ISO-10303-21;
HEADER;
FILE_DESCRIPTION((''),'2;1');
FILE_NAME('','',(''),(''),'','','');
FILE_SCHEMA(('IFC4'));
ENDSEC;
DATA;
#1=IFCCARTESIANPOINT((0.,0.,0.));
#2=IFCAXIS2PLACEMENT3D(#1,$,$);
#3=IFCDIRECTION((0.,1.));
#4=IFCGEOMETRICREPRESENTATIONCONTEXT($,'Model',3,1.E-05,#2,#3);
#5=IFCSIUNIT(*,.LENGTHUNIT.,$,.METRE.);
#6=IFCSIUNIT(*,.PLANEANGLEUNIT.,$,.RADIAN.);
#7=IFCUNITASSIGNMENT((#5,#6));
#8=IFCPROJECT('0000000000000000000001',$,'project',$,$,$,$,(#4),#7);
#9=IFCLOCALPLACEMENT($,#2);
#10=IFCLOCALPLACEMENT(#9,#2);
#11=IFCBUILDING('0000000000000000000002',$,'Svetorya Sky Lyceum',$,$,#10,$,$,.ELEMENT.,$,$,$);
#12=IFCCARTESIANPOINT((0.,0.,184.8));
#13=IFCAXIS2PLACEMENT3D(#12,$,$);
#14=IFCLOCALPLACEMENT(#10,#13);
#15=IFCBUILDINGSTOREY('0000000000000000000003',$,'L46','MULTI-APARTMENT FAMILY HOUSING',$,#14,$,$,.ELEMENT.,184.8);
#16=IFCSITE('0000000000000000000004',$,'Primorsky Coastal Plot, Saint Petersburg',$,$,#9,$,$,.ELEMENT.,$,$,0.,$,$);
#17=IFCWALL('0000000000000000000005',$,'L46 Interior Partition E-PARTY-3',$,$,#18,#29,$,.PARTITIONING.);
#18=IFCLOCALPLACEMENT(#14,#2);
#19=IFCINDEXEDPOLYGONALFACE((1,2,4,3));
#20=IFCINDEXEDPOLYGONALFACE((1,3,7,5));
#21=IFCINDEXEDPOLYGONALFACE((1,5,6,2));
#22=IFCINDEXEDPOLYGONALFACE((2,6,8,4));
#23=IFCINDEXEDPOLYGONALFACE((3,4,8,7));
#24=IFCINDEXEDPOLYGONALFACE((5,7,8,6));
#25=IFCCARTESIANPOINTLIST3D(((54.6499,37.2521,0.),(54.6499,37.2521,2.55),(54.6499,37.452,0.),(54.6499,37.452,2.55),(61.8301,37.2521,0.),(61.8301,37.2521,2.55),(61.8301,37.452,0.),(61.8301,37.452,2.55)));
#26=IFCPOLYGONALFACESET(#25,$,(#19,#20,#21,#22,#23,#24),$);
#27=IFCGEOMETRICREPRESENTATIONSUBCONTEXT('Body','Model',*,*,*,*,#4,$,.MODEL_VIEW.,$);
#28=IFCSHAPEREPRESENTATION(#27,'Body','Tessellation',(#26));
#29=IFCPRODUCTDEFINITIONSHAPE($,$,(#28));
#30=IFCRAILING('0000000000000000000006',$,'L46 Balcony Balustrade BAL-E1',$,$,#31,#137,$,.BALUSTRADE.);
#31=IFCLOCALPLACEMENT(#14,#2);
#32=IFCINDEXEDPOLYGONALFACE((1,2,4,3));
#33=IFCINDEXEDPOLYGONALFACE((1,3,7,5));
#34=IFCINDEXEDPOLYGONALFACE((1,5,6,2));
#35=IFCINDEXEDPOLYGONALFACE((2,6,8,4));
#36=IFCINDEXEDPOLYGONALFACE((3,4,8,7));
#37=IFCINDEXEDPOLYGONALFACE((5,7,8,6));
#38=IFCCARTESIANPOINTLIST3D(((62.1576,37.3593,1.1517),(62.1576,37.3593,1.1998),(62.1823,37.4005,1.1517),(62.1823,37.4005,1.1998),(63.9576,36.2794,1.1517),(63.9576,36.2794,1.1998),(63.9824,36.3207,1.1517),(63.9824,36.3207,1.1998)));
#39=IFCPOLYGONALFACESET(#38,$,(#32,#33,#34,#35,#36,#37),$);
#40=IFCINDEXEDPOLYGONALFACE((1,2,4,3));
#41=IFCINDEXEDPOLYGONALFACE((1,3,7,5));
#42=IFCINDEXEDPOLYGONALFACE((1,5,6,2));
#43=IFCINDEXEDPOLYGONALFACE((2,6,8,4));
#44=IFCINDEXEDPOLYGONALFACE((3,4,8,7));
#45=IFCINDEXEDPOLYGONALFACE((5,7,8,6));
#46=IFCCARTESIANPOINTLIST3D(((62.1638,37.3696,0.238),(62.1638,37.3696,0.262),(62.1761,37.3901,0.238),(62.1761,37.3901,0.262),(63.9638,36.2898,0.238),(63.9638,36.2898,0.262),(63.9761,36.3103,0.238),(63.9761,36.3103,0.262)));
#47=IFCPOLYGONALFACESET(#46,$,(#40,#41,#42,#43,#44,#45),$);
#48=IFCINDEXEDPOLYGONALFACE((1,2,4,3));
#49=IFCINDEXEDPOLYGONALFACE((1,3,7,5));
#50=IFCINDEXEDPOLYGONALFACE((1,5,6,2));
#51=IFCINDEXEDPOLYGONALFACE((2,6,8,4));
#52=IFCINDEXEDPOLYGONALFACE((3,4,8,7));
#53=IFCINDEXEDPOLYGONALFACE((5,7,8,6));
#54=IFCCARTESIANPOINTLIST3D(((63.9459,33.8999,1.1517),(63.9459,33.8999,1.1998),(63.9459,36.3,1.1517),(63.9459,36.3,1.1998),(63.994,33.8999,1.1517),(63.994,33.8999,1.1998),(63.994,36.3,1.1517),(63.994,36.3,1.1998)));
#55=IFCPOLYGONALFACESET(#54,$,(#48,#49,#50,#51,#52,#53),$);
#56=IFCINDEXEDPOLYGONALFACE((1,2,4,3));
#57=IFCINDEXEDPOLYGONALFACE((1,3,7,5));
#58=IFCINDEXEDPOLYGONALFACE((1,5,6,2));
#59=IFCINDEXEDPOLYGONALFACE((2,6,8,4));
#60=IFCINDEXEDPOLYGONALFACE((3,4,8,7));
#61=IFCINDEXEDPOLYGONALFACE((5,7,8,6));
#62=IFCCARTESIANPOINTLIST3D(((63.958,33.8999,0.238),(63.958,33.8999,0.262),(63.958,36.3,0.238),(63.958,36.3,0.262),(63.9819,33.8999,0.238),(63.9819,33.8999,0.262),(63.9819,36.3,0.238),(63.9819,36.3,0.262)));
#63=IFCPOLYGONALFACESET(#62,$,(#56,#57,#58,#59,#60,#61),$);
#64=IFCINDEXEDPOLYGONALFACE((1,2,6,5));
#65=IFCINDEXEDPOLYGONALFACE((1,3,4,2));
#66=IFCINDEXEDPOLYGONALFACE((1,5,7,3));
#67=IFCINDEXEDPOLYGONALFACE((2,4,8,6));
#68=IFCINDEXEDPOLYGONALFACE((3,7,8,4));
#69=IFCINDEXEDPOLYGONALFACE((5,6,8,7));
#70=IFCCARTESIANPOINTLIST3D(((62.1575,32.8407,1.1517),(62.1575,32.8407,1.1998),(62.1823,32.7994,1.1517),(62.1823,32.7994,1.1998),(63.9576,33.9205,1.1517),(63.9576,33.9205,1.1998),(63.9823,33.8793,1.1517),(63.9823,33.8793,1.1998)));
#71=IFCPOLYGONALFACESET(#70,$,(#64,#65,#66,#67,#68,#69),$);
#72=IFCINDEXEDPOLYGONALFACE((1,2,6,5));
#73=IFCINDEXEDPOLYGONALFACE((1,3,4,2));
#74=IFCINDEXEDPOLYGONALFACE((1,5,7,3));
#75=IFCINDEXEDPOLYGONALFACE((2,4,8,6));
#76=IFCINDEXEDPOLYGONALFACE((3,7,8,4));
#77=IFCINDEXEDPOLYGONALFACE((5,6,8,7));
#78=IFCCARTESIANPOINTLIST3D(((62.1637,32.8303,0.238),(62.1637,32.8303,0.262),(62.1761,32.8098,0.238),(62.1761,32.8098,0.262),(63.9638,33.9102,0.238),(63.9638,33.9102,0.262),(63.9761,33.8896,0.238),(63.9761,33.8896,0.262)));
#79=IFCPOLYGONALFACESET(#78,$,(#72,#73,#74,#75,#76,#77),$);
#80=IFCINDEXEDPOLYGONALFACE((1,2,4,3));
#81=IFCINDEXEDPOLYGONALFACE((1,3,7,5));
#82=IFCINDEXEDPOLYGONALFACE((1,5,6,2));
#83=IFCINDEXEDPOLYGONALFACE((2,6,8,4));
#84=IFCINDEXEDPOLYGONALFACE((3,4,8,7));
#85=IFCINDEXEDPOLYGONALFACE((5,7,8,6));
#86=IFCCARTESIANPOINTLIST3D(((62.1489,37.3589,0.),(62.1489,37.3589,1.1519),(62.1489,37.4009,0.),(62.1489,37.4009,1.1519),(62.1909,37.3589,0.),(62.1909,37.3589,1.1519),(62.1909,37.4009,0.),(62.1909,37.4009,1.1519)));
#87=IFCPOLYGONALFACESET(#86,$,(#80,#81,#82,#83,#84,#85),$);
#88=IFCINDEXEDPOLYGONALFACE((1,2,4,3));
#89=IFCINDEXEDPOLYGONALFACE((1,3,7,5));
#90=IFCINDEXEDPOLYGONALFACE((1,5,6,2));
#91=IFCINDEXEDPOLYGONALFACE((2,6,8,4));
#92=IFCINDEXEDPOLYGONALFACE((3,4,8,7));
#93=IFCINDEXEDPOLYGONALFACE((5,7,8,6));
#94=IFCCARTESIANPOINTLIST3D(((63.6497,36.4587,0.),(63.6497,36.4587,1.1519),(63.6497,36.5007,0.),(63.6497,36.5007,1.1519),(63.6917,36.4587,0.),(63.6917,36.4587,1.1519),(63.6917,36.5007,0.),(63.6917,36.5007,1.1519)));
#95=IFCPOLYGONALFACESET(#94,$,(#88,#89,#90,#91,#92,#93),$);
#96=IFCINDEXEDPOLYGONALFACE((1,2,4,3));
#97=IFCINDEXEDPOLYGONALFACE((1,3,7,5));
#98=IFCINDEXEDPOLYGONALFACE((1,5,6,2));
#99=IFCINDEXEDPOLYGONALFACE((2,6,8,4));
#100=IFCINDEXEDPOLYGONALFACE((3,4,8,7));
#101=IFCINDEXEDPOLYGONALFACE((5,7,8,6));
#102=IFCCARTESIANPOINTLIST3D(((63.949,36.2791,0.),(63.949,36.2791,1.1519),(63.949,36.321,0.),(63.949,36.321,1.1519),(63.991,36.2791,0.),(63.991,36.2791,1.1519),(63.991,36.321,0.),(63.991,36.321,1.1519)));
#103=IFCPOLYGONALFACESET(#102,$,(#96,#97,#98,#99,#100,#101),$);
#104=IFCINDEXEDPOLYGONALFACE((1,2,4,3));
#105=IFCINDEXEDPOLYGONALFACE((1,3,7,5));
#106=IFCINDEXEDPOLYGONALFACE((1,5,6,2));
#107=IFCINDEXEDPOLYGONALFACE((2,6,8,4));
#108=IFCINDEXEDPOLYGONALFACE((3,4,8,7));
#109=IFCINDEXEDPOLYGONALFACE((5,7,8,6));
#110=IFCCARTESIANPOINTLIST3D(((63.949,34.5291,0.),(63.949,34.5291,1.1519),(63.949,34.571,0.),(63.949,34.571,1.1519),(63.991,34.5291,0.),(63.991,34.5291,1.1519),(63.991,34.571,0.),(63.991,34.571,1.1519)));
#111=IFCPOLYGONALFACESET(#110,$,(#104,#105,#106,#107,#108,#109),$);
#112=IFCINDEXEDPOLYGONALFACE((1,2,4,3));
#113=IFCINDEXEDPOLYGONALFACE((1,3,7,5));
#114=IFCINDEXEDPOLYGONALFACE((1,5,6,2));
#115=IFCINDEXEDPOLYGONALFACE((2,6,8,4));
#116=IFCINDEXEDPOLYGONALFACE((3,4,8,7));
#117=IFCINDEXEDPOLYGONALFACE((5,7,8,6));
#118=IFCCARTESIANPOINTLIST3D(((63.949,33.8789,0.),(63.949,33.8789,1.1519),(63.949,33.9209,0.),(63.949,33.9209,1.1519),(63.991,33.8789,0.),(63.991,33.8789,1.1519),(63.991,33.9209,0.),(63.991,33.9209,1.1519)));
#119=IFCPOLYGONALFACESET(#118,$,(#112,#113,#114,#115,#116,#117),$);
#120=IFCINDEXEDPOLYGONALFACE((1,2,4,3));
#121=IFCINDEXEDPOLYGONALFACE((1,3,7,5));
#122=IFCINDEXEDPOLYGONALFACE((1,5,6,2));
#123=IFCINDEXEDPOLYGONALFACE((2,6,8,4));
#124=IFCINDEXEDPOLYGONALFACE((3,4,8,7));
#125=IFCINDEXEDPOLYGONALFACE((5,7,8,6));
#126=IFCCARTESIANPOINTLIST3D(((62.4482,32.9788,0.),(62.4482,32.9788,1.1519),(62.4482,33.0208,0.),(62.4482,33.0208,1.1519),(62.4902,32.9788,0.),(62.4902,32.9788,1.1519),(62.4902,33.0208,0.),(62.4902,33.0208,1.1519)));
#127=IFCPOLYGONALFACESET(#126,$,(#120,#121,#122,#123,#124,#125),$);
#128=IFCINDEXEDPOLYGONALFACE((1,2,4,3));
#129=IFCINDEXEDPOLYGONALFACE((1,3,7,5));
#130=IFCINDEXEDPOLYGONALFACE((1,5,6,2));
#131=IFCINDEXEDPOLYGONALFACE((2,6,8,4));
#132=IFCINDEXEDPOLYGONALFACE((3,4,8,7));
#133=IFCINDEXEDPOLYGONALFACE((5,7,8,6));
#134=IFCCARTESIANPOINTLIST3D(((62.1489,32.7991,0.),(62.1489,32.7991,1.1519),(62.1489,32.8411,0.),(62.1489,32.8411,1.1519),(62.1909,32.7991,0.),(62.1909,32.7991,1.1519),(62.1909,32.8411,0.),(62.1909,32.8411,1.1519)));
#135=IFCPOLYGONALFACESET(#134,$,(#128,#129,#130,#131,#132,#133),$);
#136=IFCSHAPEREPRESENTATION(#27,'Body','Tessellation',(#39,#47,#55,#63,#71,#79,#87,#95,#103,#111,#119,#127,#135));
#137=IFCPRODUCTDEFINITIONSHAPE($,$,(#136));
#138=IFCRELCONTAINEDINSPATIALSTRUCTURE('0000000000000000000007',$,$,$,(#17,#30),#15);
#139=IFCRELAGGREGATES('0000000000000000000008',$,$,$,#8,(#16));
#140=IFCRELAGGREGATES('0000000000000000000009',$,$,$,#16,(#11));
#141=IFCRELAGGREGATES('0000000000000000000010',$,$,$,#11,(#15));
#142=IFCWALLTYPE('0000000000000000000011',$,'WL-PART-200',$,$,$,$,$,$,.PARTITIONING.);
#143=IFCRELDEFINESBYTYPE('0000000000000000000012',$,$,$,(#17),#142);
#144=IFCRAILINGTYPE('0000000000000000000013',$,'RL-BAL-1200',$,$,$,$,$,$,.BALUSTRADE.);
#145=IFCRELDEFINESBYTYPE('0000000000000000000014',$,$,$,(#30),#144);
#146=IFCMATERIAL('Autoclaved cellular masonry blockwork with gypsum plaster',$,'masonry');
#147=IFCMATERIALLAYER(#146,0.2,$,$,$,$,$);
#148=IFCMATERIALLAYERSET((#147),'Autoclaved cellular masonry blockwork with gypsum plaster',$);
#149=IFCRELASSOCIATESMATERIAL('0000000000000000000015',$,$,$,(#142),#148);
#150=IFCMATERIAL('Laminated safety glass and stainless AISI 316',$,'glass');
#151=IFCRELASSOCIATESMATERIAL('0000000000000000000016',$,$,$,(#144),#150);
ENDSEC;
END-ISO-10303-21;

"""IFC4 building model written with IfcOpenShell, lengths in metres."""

from ifc_helpers import new_model, si_unit, direction, frame, frame_2d, origin, origin_2d, place, context, subcontext, project, spatial, rectangle, extrude, material, layer, layer_set, type_object, element, save


model = new_model("IFC4")

# Units and contexts
model_context = context("Model", 3, precision=1e-05, world=origin(), true_north=direction((0.0, 1.0)))
body_context = subcontext(model_context, "Body", "Model", "MODEL_VIEW")
ifc_project = project(units=[si_unit("LENGTHUNIT", "METRE"), si_unit("PLANEANGLEUNIT", "RADIAN")], contexts=[model_context])

# Site, building, storey
site_placement = place(None, origin())
site = spatial("IfcSite", under=ifc_project, at=site_placement, Name="Primorsky Coastal Plot, Saint Petersburg", CompositionType="ELEMENT", RefElevation=0.0)
building_placement = place(site_placement, origin())
building = spatial("IfcBuilding", under=site, at=building_placement, Name="Svetorya Sky Lyceum", CompositionType="ELEMENT")
storey_placement = place(building_placement, frame((0.0, 0.0, 184.8)))
storey = spatial("IfcBuildingStorey", under=building, at=storey_placement, Name="L46", Description="MULTI-APARTMENT FAMILY HOUSING", CompositionType="ELEMENT", Elevation=184.8)

# Wall
ifc_material_1 = material(Name="Autoclaved cellular masonry blockwork with gypsum plaster", Category="masonry")
ifc_layer_1 = layer(ifc_material_1, 0.2)
ifc_layer_set_1 = layer_set([ifc_layer_1], Name="Autoclaved cellular masonry blockwork with gypsum plaster")
wall_type_1 = type_object("IfcWallType", Name="WL-PART-200", PredefinedType="PARTITIONING", material=ifc_layer_set_1)
wall_1_placement = place(storey_placement, frame((54.6499, 37.3521, 0.0), z_axis=(0.0, 0.0, 1.0), x_axis=(1.0, 0.0, 0.0)))
element("IfcWall", 1, at=wall_1_placement, inside=storey, type_object=wall_type_1, Name="L46 Interior Partition E-PARTY-3", PredefinedType="PARTITIONING", context=body_context, shape_type="SweptSolid", body=[
    extrude(rectangle(XDim=7.1802, YDim=0.2, at=frame_2d((3.5901, 0.0))), origin(), (0.0, 0.0, 1.0), 2.55),
])

# Railing
ifc_material_2 = material(Name="Laminated safety glass and stainless AISI 316", Category="glass")
railing_type = type_object("IfcRailingType", Name="RL-BAL-1200", PredefinedType="BALUSTRADE", material=ifc_material_2)
railing_placement = place(storey_placement, frame((62.1699, 37.3799, 0.0)))
element("IfcRailing", 2, at=railing_placement, inside=storey, type_object=railing_type, Name="L46 Balcony Balustrade BAL-E1", PredefinedType="BALUSTRADE", context=body_context, shape_type="SweptSolid", body=[
    extrude(rectangle(XDim=0.0481, YDim=0.0481, at=origin_2d()), frame((0.0, 0.0, 1.1758), z_axis=(0.857534, -0.514427, 0.0), x_axis=(0.514427, 0.857534, 0.0)), (0.0, 0.0, 1.0), 2.0991),
    extrude(rectangle(XDim=0.0239, YDim=0.0239, at=origin_2d()), frame((0.0, 0.0, 0.25), z_axis=(0.857534, -0.514427, 0.0), x_axis=(0.514427, 0.857534, 0.0)), (0.0, 0.0, 1.0), 2.0991),
    extrude(rectangle(XDim=0.0481, YDim=0.0481, at=origin_2d()), frame((1.8, -1.0798, 1.1758), z_axis=(0.0, -1.0, 0.0), x_axis=(1.0, 0.0, 0.0)), (0.0, 0.0, 1.0), 2.4001),
    extrude(rectangle(XDim=0.0239, YDim=0.0239, at=origin_2d()), frame((1.8, -1.0798, 0.25), z_axis=(0.0, -1.0, 0.0), x_axis=(1.0, 0.0, 0.0)), (0.0, 0.0, 1.0), 2.4001),
    extrude(rectangle(XDim=0.0481, YDim=0.0481, at=origin_2d()), frame((1.8, -3.48, 1.1758), z_axis=(-0.857534, -0.514427, 0.0), x_axis=(0.514427, -0.857534, 0.0)), (0.0, 0.0, 1.0), 2.0991),
    extrude(rectangle(XDim=0.0239, YDim=0.0239, at=origin_2d()), frame((1.8, -3.48, 0.25), z_axis=(-0.857534, -0.514427, 0.0), x_axis=(0.514427, -0.857534, 0.0)), (0.0, 0.0, 1.0), 2.0991),
    extrude(rectangle(XDim=0.042, YDim=0.042, at=origin_2d()), origin(), (0.0, 0.0, 1.0), 1.1519),
    extrude(rectangle(XDim=0.042, YDim=0.042, at=origin_2d()), frame((1.5007, -0.9001, 0.0)), (0.0, 0.0, 1.0), 1.1519),
    extrude(rectangle(XDim=0.042, YDim=0.042, at=origin_2d()), frame((1.8, -1.0798, 0.0)), (0.0, 0.0, 1.0), 1.1519),
    extrude(rectangle(XDim=0.042, YDim=0.042, at=origin_2d()), frame((1.8, -2.8298, 0.0)), (0.0, 0.0, 1.0), 1.1519),
    extrude(rectangle(XDim=0.042, YDim=0.042, at=origin_2d()), frame((1.8, -3.48, 0.0)), (0.0, 0.0, 1.0), 1.1519),
    extrude(rectangle(XDim=0.042, YDim=0.042, at=origin_2d()), frame((0.2993, -4.3801, 0.0)), (0.0, 0.0, 1.0), 1.1519),
    extrude(rectangle(XDim=0.042, YDim=0.042, at=origin_2d()), frame((0.0, -4.5598, 0.0)), (0.0, 0.0, 1.0), 1.1519),
])

save(model, "model.ifc")
